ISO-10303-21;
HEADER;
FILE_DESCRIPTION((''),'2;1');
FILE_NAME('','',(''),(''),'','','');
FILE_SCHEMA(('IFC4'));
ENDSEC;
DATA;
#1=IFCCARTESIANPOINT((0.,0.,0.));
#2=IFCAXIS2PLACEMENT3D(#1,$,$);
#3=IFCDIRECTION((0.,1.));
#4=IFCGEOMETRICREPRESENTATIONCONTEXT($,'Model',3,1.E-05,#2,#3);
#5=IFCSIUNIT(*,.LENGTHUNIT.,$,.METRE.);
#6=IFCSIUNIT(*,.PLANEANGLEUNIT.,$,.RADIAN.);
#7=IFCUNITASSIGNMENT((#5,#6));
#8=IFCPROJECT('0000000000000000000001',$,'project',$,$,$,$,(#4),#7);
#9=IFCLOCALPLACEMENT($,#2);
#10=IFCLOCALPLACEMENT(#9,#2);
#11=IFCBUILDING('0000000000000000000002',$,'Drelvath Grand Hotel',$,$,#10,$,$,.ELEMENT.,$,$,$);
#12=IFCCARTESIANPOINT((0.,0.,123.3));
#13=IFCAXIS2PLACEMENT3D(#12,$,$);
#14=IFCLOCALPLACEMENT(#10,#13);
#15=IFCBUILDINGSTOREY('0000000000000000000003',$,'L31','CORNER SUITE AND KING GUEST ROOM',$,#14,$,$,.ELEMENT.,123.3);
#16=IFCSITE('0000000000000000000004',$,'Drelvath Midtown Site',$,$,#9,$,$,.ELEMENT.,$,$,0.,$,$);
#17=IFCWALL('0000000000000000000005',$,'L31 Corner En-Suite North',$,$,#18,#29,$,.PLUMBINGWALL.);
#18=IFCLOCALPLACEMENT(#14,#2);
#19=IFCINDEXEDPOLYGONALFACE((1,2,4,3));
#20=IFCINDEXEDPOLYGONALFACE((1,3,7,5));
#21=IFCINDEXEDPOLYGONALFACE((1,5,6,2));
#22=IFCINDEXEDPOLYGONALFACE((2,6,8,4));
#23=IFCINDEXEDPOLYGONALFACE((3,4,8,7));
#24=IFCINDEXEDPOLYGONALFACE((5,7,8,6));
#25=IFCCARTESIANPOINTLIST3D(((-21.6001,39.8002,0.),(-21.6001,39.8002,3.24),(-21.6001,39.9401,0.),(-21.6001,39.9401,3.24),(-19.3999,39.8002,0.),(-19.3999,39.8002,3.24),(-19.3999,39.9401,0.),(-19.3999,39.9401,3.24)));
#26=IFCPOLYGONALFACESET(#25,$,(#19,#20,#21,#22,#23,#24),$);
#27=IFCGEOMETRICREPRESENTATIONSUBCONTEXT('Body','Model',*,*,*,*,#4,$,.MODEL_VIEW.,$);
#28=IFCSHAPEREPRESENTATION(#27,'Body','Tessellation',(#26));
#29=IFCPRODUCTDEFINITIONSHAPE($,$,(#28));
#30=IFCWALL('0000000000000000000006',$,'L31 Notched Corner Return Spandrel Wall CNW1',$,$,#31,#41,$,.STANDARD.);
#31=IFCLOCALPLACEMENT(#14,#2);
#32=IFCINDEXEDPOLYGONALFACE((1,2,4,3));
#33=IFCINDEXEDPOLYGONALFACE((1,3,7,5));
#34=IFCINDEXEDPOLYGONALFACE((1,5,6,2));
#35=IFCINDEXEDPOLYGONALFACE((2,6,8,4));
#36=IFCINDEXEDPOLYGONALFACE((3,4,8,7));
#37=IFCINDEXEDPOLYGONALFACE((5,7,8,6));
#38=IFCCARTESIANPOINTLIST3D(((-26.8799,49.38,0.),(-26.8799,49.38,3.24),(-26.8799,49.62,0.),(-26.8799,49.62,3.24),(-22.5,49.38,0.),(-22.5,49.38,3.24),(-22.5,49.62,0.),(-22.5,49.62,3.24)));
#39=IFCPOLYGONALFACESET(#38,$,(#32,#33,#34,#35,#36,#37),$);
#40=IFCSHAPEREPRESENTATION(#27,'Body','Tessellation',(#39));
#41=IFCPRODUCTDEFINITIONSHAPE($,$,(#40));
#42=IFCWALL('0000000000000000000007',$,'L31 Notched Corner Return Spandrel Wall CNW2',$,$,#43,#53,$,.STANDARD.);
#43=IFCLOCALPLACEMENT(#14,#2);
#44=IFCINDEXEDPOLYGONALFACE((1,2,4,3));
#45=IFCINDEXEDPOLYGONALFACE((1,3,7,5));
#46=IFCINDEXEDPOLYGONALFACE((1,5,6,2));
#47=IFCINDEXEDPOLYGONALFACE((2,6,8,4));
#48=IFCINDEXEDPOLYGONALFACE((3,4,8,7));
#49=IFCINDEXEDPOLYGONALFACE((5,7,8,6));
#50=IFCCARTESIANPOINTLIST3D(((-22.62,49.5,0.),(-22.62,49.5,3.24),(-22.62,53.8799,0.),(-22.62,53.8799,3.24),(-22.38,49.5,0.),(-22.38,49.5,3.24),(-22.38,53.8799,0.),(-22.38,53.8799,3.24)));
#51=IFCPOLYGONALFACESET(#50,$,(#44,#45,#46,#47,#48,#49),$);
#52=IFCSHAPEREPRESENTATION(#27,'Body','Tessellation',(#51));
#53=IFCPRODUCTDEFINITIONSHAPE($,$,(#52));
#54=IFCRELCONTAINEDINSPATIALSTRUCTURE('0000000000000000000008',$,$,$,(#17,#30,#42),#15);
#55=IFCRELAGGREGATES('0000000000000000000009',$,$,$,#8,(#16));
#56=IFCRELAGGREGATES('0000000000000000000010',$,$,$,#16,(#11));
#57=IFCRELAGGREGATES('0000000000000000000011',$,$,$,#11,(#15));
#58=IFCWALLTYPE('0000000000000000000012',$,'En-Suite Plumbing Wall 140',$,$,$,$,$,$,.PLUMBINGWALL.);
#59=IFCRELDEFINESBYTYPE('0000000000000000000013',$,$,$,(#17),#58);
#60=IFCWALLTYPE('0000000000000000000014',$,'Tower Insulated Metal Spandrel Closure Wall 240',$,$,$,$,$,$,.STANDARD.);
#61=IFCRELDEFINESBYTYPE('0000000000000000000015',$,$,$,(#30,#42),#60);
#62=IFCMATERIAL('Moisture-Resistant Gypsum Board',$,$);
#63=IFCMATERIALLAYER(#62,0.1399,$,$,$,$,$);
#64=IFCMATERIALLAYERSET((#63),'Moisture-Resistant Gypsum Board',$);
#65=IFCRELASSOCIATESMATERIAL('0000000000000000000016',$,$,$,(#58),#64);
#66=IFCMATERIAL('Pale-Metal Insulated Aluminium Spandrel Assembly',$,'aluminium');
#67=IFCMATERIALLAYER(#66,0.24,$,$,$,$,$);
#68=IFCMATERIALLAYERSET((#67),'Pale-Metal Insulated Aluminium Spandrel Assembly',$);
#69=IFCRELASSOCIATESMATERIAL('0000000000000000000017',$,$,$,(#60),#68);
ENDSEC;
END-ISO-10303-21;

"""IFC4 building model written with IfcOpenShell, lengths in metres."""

from ifc_helpers import new_model, si_unit, direction, frame, frame_2d, origin, place, context, subcontext, project, spatial, rectangle, extrude, material, layer, layer_set, type_object, element, save


model = new_model("IFC4")

# Units and contexts
model_context = context("Model", 3, precision=1e-05, world=origin(), true_north=direction((0.0, 1.0)))
body_context = subcontext(model_context, "Body", "Model", "MODEL_VIEW")
ifc_project = project(units=[si_unit("LENGTHUNIT", "METRE"), si_unit("PLANEANGLEUNIT", "RADIAN")], contexts=[model_context])

# Site, building, storey
site_placement = place(None, origin())
site = spatial("IfcSite", under=ifc_project, at=site_placement, Name="Drelvath Midtown Site", CompositionType="ELEMENT", RefElevation=0.0)
building_placement = place(site_placement, origin())
building = spatial("IfcBuilding", under=site, at=building_placement, Name="Drelvath Grand Hotel", CompositionType="ELEMENT")
storey_placement = place(building_placement, frame((0.0, 0.0, 123.3)))
storey = spatial("IfcBuildingStorey", under=building, at=storey_placement, Name="L31", Description="CORNER SUITE AND KING GUEST ROOM", CompositionType="ELEMENT", Elevation=123.3)

# Walls
ifc_material_1 = material(Name="Moisture-Resistant Gypsum Board")
ifc_layer_1 = layer(ifc_material_1, 0.1399)
ifc_layer_set_1 = layer_set([ifc_layer_1], Name="Moisture-Resistant Gypsum Board")
wall_type_1 = type_object("IfcWallType", Name="En-Suite Plumbing Wall 140", PredefinedType="PLUMBINGWALL", material=ifc_layer_set_1)
wall_placement = place(storey_placement, frame((-21.6001, 39.8701, 0.0), z_axis=(0.0, 0.0, 1.0), x_axis=(1.0, 0.0, 0.0)))
element("IfcWall", 1, at=wall_placement, inside=storey, type_object=wall_type_1, Name="L31 Corner En-Suite North", PredefinedType="PLUMBINGWALL", context=body_context, shape_type="SweptSolid", body=[
    extrude(rectangle(XDim=2.2002, YDim=0.1399, at=frame_2d((1.1001, 0.0))), origin(), (0.0, 0.0, 1.0), 3.24),
])
ifc_material_2 = material(Name="Pale-Metal Insulated Aluminium Spandrel Assembly", Category="aluminium")
ifc_layer_2 = layer(ifc_material_2, 0.24)
ifc_layer_set_2 = layer_set([ifc_layer_2], Name="Pale-Metal Insulated Aluminium Spandrel Assembly")
wall_type_2 = type_object("IfcWallType", Name="Tower Insulated Metal Spandrel Closure Wall 240", PredefinedType="STANDARD", material=ifc_layer_set_2)
for number, where, z_axis, x_axis, name in (
    (2, (-26.8799, 49.5, 0.0), (0.0, 0.0, 1.0), (1.0, 0.0, 0.0), "L31 Notched Corner Return Spandrel Wall CNW1"),
    (3, (-22.5, 49.5, 0.0), (0.0, 0.0, 1.0), (0.0, 1.0, 0.0), "L31 Notched Corner Return Spandrel Wall CNW2"),
):
    element("IfcWall", number, at=place(storey_placement, frame(where, z_axis=z_axis, x_axis=x_axis)), inside=storey, type_object=wall_type_2, Name=name, PredefinedType="STANDARD", context=body_context, shape_type="SweptSolid", body=[
        extrude(rectangle(XDim=4.3799, YDim=0.24, at=frame_2d((2.1899, 0.0))), origin(), (0.0, 0.0, 1.0), 3.24),
    ])

save(model, "model.ifc")
